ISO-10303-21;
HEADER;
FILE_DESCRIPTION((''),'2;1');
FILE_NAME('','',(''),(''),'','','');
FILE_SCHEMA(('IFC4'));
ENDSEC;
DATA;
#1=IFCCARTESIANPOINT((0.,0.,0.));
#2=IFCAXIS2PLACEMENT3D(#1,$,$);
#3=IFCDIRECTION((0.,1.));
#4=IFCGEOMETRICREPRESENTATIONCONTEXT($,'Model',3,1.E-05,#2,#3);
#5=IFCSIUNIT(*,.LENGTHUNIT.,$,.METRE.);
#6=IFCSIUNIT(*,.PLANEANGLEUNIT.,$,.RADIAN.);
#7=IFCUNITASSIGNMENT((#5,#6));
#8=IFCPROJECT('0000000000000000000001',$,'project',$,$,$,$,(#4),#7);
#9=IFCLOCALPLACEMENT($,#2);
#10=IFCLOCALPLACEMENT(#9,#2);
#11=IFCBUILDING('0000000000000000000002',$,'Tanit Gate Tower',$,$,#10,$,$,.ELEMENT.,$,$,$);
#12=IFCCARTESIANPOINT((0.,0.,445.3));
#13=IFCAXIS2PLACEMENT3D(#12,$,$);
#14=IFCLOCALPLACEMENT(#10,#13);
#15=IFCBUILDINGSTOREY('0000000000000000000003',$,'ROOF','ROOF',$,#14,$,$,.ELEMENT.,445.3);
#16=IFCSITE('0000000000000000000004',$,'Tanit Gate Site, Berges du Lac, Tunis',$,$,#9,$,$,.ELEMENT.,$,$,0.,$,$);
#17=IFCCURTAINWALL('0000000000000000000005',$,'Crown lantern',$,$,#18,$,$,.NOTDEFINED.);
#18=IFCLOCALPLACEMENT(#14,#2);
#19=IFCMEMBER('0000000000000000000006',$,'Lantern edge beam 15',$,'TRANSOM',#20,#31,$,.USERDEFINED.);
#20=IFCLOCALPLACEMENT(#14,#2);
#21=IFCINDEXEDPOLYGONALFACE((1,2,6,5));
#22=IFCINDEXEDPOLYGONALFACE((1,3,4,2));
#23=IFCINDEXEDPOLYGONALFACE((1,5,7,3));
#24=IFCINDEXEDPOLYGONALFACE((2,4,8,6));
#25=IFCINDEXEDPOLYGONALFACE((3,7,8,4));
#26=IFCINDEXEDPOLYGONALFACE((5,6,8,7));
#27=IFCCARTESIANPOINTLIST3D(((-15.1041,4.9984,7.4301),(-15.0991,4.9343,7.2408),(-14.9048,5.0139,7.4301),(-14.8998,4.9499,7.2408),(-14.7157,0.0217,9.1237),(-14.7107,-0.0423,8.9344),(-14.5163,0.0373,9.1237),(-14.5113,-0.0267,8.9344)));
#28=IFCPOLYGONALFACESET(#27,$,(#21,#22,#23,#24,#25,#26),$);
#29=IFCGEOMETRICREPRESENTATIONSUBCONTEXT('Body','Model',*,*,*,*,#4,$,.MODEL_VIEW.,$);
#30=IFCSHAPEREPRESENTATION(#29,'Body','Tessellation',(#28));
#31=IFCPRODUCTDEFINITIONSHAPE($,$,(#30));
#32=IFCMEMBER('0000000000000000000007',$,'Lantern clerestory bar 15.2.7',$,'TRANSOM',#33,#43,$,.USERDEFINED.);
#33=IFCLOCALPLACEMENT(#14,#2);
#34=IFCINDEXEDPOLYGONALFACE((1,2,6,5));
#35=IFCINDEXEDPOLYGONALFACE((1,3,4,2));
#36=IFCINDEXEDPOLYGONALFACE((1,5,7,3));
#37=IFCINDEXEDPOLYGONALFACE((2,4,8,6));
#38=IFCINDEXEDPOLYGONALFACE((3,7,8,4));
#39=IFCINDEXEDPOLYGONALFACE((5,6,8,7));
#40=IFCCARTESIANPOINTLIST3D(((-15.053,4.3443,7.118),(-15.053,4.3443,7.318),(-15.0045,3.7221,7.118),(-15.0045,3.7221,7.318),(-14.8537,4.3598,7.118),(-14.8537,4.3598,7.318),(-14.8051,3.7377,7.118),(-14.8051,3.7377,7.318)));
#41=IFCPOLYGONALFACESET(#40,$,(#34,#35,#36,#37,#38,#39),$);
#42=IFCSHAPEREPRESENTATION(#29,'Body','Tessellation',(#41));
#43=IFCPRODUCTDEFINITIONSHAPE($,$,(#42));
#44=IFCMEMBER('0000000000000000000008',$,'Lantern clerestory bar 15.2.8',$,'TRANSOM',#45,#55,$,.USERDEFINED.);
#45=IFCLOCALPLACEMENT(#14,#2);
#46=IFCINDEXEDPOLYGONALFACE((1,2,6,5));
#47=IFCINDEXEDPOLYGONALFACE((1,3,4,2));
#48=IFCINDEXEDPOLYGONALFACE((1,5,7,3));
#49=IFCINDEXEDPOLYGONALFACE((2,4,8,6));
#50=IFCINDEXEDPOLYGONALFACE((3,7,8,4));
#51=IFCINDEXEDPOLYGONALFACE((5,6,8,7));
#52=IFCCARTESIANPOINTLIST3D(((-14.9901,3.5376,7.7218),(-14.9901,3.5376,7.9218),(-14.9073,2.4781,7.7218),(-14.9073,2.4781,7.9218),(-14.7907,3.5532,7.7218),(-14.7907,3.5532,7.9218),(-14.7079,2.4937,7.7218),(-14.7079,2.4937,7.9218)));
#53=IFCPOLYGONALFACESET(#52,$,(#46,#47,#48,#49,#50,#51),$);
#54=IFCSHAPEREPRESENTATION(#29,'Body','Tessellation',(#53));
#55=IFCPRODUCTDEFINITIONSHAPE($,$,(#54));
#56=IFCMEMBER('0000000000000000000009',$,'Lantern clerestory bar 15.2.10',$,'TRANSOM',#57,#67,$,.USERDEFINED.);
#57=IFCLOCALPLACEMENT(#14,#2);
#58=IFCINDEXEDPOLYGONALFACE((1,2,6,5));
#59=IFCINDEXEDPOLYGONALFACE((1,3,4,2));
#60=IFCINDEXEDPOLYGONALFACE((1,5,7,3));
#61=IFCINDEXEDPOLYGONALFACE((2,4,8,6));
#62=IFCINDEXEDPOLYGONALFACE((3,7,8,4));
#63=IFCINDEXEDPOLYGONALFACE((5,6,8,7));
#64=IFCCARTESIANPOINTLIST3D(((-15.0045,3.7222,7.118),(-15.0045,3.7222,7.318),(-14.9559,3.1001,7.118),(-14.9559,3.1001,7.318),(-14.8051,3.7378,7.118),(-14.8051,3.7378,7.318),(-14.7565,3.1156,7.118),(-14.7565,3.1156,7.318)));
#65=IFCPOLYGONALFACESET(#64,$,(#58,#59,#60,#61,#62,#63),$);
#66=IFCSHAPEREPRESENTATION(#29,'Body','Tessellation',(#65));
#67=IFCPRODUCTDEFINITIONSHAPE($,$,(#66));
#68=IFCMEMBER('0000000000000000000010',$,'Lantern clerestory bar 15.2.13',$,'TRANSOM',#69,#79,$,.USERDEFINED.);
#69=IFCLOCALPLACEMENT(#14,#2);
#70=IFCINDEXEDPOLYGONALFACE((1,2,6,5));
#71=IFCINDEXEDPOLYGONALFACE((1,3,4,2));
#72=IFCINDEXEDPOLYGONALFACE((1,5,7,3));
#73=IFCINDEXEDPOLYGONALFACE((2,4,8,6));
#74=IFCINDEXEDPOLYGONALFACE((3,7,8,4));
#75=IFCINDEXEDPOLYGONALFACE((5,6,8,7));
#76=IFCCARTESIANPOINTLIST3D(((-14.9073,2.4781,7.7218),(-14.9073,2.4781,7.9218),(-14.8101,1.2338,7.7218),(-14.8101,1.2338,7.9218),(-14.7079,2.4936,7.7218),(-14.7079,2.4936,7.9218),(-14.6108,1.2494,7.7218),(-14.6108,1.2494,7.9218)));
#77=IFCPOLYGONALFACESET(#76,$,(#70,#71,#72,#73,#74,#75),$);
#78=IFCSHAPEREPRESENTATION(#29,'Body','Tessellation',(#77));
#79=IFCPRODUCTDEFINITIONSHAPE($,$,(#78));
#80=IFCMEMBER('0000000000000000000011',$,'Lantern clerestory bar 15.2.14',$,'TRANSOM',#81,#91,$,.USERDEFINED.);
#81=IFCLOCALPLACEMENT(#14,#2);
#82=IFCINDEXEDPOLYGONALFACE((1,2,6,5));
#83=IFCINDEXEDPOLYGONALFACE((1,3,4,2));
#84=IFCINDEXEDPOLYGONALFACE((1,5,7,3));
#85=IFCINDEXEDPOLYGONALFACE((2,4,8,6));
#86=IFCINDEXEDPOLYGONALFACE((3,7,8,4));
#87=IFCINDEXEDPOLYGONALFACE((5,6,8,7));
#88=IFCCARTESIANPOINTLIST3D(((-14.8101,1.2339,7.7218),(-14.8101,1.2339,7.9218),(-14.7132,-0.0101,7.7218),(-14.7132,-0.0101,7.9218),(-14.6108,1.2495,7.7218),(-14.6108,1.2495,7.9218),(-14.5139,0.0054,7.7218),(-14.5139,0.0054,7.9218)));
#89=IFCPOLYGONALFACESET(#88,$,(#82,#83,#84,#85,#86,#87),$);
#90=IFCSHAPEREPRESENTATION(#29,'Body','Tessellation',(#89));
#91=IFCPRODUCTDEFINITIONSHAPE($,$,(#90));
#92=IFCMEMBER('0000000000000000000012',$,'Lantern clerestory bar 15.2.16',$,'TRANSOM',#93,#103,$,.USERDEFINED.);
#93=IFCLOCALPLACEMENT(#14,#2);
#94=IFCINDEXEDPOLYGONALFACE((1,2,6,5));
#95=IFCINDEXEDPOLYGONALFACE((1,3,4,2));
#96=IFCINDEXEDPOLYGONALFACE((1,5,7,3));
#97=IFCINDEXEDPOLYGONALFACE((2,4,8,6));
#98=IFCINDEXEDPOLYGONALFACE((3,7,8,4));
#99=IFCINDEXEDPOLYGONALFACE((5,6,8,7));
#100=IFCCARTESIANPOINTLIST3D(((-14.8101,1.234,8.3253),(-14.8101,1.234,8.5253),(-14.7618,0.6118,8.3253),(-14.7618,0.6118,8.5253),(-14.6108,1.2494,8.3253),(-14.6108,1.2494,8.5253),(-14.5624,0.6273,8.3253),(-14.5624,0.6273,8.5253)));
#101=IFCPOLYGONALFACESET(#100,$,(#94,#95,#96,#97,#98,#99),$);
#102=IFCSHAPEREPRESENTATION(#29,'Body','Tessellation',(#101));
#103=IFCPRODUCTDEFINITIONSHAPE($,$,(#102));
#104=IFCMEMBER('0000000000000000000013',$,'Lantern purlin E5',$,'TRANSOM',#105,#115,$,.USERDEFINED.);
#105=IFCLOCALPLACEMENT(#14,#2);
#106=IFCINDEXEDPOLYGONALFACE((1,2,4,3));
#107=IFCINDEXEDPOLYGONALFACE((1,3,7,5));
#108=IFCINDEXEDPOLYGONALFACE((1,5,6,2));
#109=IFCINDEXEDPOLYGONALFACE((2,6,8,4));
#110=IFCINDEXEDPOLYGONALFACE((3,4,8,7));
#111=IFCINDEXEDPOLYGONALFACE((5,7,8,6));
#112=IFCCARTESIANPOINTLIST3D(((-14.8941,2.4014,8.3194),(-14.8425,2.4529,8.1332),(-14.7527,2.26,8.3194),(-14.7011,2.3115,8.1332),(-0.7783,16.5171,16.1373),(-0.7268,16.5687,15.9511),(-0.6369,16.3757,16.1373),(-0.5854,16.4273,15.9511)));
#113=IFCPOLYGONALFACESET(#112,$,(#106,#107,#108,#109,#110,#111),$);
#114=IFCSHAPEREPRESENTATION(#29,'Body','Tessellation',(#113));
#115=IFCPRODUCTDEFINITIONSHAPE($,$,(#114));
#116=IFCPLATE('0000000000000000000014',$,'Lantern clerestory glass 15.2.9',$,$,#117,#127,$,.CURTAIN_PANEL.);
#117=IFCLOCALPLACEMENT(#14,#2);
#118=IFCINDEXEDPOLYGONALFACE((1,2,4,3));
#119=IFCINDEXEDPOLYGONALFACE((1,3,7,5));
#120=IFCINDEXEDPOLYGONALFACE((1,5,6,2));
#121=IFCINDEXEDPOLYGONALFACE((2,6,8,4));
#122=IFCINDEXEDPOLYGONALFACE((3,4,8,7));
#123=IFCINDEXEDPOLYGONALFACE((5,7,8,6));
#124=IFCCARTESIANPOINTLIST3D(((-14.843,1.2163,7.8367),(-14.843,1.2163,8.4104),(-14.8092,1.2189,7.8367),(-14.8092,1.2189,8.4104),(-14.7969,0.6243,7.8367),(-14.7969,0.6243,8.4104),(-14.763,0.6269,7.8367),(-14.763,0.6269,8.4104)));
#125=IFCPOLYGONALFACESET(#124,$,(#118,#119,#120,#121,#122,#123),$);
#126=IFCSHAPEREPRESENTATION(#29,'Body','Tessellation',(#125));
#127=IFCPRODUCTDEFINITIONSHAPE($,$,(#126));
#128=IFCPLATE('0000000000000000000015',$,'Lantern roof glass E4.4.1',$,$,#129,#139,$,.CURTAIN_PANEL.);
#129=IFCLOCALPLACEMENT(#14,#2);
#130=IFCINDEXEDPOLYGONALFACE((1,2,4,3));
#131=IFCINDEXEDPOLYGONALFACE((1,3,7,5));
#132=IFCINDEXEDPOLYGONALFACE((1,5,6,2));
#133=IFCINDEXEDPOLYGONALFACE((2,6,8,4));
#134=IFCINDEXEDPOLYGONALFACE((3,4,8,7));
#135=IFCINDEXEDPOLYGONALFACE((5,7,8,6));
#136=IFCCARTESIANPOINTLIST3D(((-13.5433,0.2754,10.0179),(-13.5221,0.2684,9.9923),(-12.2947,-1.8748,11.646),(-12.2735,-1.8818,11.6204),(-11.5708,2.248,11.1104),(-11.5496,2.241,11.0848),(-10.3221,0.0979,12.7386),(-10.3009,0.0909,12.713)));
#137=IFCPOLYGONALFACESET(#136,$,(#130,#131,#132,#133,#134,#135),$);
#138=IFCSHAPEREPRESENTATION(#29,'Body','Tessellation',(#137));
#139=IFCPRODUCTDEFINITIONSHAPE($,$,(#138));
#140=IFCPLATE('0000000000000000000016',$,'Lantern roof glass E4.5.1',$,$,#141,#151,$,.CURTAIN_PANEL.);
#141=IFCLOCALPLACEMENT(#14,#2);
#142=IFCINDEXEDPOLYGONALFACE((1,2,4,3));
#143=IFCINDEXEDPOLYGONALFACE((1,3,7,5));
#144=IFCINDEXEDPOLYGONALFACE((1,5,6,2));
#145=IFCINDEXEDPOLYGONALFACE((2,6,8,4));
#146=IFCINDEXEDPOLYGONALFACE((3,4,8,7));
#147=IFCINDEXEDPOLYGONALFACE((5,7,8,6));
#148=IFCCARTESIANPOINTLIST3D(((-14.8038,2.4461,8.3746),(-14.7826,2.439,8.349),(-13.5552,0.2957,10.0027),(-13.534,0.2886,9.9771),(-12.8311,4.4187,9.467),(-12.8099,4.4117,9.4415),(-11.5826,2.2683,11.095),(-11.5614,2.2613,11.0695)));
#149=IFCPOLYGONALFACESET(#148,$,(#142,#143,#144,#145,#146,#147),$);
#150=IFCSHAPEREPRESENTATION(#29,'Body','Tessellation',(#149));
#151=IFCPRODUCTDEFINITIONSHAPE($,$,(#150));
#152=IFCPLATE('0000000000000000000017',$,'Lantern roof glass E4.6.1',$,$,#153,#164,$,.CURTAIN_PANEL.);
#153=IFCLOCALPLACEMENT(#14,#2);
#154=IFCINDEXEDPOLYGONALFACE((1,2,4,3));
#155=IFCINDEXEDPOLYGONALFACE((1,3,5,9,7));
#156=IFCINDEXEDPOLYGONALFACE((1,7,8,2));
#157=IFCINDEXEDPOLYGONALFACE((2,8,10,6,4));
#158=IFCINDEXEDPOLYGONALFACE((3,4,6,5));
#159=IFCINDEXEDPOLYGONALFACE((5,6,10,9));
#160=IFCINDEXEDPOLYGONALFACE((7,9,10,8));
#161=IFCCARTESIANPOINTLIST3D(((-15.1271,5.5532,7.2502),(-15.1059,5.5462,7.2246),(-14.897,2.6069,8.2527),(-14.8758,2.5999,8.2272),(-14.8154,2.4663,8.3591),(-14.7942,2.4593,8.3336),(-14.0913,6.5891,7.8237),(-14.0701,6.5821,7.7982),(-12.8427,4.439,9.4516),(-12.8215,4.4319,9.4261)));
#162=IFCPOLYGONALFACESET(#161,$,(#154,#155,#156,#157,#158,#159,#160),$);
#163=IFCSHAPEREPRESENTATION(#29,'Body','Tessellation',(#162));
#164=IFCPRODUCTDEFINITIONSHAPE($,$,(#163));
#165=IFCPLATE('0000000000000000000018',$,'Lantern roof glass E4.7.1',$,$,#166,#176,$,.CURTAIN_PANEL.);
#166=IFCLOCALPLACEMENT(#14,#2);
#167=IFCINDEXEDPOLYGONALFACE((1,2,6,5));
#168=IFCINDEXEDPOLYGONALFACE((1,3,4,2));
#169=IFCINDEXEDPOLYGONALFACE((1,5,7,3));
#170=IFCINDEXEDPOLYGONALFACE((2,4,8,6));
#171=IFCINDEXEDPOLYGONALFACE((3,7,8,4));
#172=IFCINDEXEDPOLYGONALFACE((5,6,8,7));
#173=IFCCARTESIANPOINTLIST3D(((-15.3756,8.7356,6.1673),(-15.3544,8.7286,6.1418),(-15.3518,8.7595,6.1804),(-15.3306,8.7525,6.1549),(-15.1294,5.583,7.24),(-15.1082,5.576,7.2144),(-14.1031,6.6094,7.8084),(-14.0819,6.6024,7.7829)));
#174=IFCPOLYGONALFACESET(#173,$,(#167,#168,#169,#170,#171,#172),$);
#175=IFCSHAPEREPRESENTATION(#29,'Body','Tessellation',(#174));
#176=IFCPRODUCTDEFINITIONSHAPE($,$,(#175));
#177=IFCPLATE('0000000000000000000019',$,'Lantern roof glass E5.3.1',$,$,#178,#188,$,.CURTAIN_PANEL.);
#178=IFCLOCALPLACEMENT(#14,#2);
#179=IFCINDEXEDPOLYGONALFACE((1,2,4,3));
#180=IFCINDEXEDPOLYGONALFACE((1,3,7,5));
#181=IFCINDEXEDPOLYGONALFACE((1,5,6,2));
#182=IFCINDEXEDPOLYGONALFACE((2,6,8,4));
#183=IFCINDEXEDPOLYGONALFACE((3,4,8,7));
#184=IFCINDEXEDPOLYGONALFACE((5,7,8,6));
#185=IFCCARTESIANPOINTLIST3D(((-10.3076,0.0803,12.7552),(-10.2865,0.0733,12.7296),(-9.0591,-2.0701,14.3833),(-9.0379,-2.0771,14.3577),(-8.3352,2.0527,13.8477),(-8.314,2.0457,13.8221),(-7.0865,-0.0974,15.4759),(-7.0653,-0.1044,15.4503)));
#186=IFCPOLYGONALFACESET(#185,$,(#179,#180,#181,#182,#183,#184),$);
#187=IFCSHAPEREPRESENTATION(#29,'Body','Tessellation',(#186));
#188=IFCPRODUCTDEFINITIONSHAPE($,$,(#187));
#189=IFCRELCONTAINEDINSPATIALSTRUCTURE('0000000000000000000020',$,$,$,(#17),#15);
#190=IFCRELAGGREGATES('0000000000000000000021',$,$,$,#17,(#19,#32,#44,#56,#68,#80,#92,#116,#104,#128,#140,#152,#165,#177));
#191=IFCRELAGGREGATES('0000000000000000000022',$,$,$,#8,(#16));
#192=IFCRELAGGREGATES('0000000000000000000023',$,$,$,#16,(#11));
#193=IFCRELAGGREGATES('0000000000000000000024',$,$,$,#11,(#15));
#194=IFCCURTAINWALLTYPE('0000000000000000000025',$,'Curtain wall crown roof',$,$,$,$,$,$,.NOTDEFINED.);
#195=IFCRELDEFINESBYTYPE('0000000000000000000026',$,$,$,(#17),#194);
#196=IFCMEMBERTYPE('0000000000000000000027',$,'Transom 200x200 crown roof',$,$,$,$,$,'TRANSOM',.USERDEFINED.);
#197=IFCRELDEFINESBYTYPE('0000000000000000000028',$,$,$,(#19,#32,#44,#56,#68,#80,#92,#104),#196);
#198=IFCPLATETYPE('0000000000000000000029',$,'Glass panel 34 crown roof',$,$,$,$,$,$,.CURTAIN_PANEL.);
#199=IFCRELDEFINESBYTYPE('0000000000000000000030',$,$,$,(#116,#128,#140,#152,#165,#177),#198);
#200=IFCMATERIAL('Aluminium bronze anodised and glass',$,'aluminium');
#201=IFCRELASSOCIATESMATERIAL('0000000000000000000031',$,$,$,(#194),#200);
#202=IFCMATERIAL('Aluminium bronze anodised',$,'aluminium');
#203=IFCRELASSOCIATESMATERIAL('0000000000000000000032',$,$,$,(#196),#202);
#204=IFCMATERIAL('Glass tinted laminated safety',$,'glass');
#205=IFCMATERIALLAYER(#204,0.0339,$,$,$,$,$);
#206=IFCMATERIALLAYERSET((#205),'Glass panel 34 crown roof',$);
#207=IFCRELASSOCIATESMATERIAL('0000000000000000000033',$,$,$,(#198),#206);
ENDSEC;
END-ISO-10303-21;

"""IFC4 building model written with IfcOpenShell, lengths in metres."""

from ifc_helpers import new_model, si_unit, direction, frame, origin, origin_2d, place, context, subcontext, project, spatial, polyline, rectangle, outline, extrude, material, layer, layer_set, material_profile, profile_set, type_object, element, aggregate, save


model = new_model("IFC4")

# Units and contexts
model_context = context("Model", 3, precision=1e-05, world=origin(), true_north=direction((0.0, 1.0)))
body_context = subcontext(model_context, "Body", "Model", "MODEL_VIEW")
ifc_project = project(units=[si_unit("LENGTHUNIT", "METRE"), si_unit("PLANEANGLEUNIT", "RADIAN")], contexts=[model_context])

# Site, building, storey
site_placement = place(None, origin())
site = spatial("IfcSite", under=ifc_project, at=site_placement, Name="Tanit Gate Site, Berges du Lac, Tunis", CompositionType="ELEMENT", RefElevation=0.0)
building_placement = place(site_placement, origin())
building = spatial("IfcBuilding", under=site, at=building_placement, Name="Tanit Gate Tower", CompositionType="ELEMENT")
storey_placement = place(building_placement, frame((0.0, 0.0, 445.3)))
storey = spatial("IfcBuildingStorey", under=building, at=storey_placement, Name="ROOF", Description="ROOF", CompositionType="ELEMENT", Elevation=445.3)

# Curtain wall, members, plates
ifc_material_1 = material(Name="Aluminium bronze anodised and glass", Category="aluminium")
curtain_wall_type = type_object("IfcCurtainWallType", Name="Curtain wall crown roof", PredefinedType="NOTDEFINED", material=ifc_material_1)
curtain_wall_placement = place(storey_placement, origin())
curtain_wall = element("IfcCurtainWall", 1, at=curtain_wall_placement, inside=storey, type_object=curtain_wall_type, Name="Crown lantern", PredefinedType="NOTDEFINED")
ifc_material_2 = material(Name="Aluminium bronze anodised", Category="aluminium")
ifc_material_profile_1 = material_profile(ifc_material_2, rectangle(XDim=0.2, YDim=0.2, at=origin_2d()), Name="200x200 bronze transom")
ifc_profile_set_1 = profile_set([ifc_material_profile_1], Name="Aluminium bronze anodised")
member_type_1 = type_object("IfcMemberType", Name="Transom 200x200 crown roof", ElementType="TRANSOM", PredefinedType="USERDEFINED", material=ifc_profile_set_1)
member_1_placement = place(storey_placement, frame((-15.002, 4.9741, 7.3354), z_axis=(0.073689, -0.944108, 0.321295), x_axis=(0.996968, 0.077815, 0.0)))
member_1 = element("IfcMember", 2, at=member_1_placement, type_object=member_type_1, Name="Lantern edge beam 15", ObjectType="TRANSOM", PredefinedType="USERDEFINED", context=body_context, shape_type="SweptSolid", body=[
    extrude(rectangle(XDim=0.2, YDim=0.2, at=origin_2d()), origin(), (0.0, 0.0, 1.0), 5.2712),
])
member_2_placement = place(storey_placement, frame((-14.9534, 4.3521, 7.218), z_axis=(0.077863, -0.996964, 0.0), x_axis=(0.996964, 0.077863, 0.0)))
member_2 = element("IfcMember", 3, at=member_2_placement, type_object=member_type_1, Name="Lantern clerestory bar 15.2.7", ObjectType="TRANSOM", PredefinedType="USERDEFINED", context=body_context, shape_type="SweptSolid", body=[
    extrude(rectangle(XDim=0.2, YDim=0.2, at=origin_2d()), origin(), (0.0, 0.0, 1.0), 0.624),
])
member_3_placement = place(storey_placement, frame((-14.8904, 3.5454, 7.8218), z_axis=(0.077873, -0.996963, 0.0), x_axis=(0.996963, 0.077873, 0.0)))
member_3 = element("IfcMember", 4, at=member_3_placement, type_object=member_type_1, Name="Lantern clerestory bar 15.2.8", ObjectType="TRANSOM", PredefinedType="USERDEFINED", context=body_context, shape_type="SweptSolid", body=[
    extrude(rectangle(XDim=0.2, YDim=0.2, at=origin_2d()), origin(), (0.0, 0.0, 1.0), 1.0627),
])
member_4_placement = place(storey_placement, frame((-14.9048, 3.73, 7.218), z_axis=(0.077863, -0.996964, 0.0), x_axis=(0.996964, 0.077863, 0.0)))
member_4 = element("IfcMember", 5, at=member_4_placement, type_object=member_type_1, Name="Lantern clerestory bar 15.2.10", ObjectType="TRANSOM", PredefinedType="USERDEFINED", context=body_context, shape_type="SweptSolid", body=[
    extrude(rectangle(XDim=0.2, YDim=0.2, at=origin_2d()), origin(), (0.0, 0.0, 1.0), 0.624),
])
member_5_placement = place(storey_placement, frame((-14.8076, 2.4858, 7.8218), z_axis=(0.077863, -0.996964, 0.0), x_axis=(0.996964, 0.077863, 0.0)))
member_5 = element("IfcMember", 6, at=member_5_placement, type_object=member_type_1, Name="Lantern clerestory bar 15.2.13", ObjectType="TRANSOM", PredefinedType="USERDEFINED", context=body_context, shape_type="SweptSolid", body=[
    extrude(rectangle(XDim=0.2, YDim=0.2, at=origin_2d()), origin(), (0.0, 0.0, 1.0), 1.248),
])
member_6_placement = place(storey_placement, frame((-14.7104, 1.2417, 7.8218), z_axis=(0.077669, -0.996979, 0.0), x_axis=(0.996979, 0.077669, 0.0)))
member_6 = element("IfcMember", 7, at=member_6_placement, type_object=member_type_1, Name="Lantern clerestory bar 15.2.14", ObjectType="TRANSOM", PredefinedType="USERDEFINED", context=body_context, shape_type="SweptSolid", body=[
    extrude(rectangle(XDim=0.2, YDim=0.2, at=origin_2d()), origin(), (0.0, 0.0, 1.0), 1.2478),
])
member_7_placement = place(storey_placement, frame((-14.7104, 1.2417, 8.4253), z_axis=(0.077474, -0.996994, 0.0), x_axis=(0.996994, 0.077474, 0.0)))
member_7 = element("IfcMember", 8, at=member_7_placement, type_object=member_type_1, Name="Lantern clerestory bar 15.2.16", ObjectType="TRANSOM", PredefinedType="USERDEFINED", context=body_context, shape_type="SweptSolid", body=[
    extrude(rectangle(XDim=0.2, YDim=0.2, at=origin_2d()), origin(), (0.0, 0.0, 1.0), 0.624),
])
member_8_placement = place(storey_placement, frame((-14.7976, 2.3564, 8.2263), z_axis=(0.658416, 0.658416, 0.364658), x_axis=(-0.707107, 0.707107, 0.0)))
member_8 = element("IfcMember", 9, at=member_8_placement, type_object=member_type_1, Name="Lantern purlin E5", ObjectType="TRANSOM", PredefinedType="USERDEFINED", context=body_context, shape_type="SweptSolid", body=[
    extrude(rectangle(XDim=0.2, YDim=0.2, at=origin_2d()), origin(), (0.0, 0.0, 1.0), 21.439),
])
ifc_material_3 = material(Name="Glass tinted laminated safety", Category="glass")
ifc_layer = layer(ifc_material_3, 0.0339)
ifc_layer_set = layer_set([ifc_layer], Name="Glass panel 34 crown roof")
plate_type = type_object("IfcPlateType", Name="Glass panel 34 crown roof", PredefinedType="CURTAIN_PANEL", material=ifc_layer_set)
plate_1_placement = place(storey_placement, frame((-14.843, 1.2163, 7.8367), z_axis=(-0.996977, -0.077703, 0.0), x_axis=(0.077703, -0.996977, 0.0)))
plate_1 = element("IfcPlate", 10, at=plate_1_placement, type_object=plate_type, Name="Lantern clerestory glass 15.2.9", PredefinedType="CURTAIN_PANEL", context=body_context, shape_type="SweptSolid", body=[
    extrude(outline(polyline([(0.0, 0.0), (0.5938, 0.0), (0.5938, 0.5737), (0.0, 0.5737), (0.0, 0.0)])), origin(), (0.0, 0.0, -1.0), 0.0339),
])
plate_2_placement = place(storey_placement, frame((-11.5708, 2.248, 11.1104), z_axis=(-0.624524, 0.207477, 0.752943), x_axis=(-0.658387, -0.658447, -0.364656)))
plate_2 = element("IfcPlate", 11, at=plate_2_placement, type_object=plate_type, Name="Lantern roof glass E4.4.1", PredefinedType="CURTAIN_PANEL", context=body_context, shape_type="SweptSolid", body=[
    extrude(outline(polyline([(0.0, 0.0), (2.9959, 0.0), (2.9959, 2.972), (-0.0001, 2.9721), (0.0, 0.0)])), origin(), (0.0, 0.0, -1.0), 0.0339),
])
plate_3_placement = place(storey_placement, frame((-12.8311, 4.4187, 9.467), z_axis=(-0.624477, 0.207498, 0.752976), x_axis=(-0.658436, -0.658411, -0.364632)))
plate_3 = element("IfcPlate", 12, at=plate_3_placement, type_object=plate_type, Name="Lantern roof glass E4.5.1", PredefinedType="CURTAIN_PANEL", context=body_context, shape_type="SweptSolid", body=[
    extrude(outline(polyline([(0.0, 0.0), (2.9961, 0.0), (2.9961, 2.9722), (0.0002, 2.9721), (0.0, 0.0)])), origin(), (0.0, 0.0, -1.0), 0.0339),
])
plate_4_placement = place(storey_placement, frame((-14.8154, 2.4663, 8.3591), z_axis=(-0.624463, 0.20746, 0.752998), x_axis=(0.658432, 0.658412, 0.364638)))
plate_4 = element("IfcPlate", 13, at=plate_4_placement, type_object=plate_type, Name="Lantern roof glass E4.6.1", PredefinedType="CURTAIN_PANEL", context=body_context, shape_type="SweptSolid", body=[
    extrude(outline(polyline([(0.0, 0.0), (2.9961, 0.0), (2.9961, 2.9719), (1.4228, 2.9718), (0.0001, 0.1943), (0.0, 0.0)])), origin(), (0.0, 0.0, -1.0), 0.0339),
])
plate_5_placement = place(storey_placement, frame((-15.1294, 5.583, 7.24), z_axis=(-0.624501, 0.207438, 0.752972), x_axis=(0.658389, 0.658443, 0.36466)))
plate_5 = element("IfcPlate", 14, at=plate_5_placement, type_object=plate_type, Name="Lantern roof glass E4.7.1", PredefinedType="CURTAIN_PANEL", context=body_context, shape_type="SweptSolid", body=[
    extrude(outline(polyline([(0.0, 0.0), (1.5588, 0.0), (1.5587, 2.972), (1.5226, 2.9719), (0.0, 0.0)])), origin(), (0.0, 0.0, -1.0), 0.0339),
])
plate_6_placement = place(storey_placement, frame((-8.3352, 2.0527, 13.8477), z_axis=(-0.624514, 0.207477, 0.752951), x_axis=(-0.658417, -0.658403, -0.364682)))
plate_6 = element("IfcPlate", 15, at=plate_6_placement, type_object=plate_type, Name="Lantern roof glass E5.3.1", PredefinedType="CURTAIN_PANEL", context=body_context, shape_type="SweptSolid", body=[
    extrude(outline(polyline([(0.0, 0.0), (2.9957, 0.0), (2.9957, 2.9722), (-0.0003, 2.9721), (0.0, 0.0)])), origin(), (0.0, 0.0, -1.0), 0.0339),
])
aggregate(curtain_wall, [member_1, member_2, member_3, member_4, member_5, member_6, member_7, plate_1, member_8, plate_2, plate_3, plate_4, plate_5, plate_6])

save(model, "model.ifc")
